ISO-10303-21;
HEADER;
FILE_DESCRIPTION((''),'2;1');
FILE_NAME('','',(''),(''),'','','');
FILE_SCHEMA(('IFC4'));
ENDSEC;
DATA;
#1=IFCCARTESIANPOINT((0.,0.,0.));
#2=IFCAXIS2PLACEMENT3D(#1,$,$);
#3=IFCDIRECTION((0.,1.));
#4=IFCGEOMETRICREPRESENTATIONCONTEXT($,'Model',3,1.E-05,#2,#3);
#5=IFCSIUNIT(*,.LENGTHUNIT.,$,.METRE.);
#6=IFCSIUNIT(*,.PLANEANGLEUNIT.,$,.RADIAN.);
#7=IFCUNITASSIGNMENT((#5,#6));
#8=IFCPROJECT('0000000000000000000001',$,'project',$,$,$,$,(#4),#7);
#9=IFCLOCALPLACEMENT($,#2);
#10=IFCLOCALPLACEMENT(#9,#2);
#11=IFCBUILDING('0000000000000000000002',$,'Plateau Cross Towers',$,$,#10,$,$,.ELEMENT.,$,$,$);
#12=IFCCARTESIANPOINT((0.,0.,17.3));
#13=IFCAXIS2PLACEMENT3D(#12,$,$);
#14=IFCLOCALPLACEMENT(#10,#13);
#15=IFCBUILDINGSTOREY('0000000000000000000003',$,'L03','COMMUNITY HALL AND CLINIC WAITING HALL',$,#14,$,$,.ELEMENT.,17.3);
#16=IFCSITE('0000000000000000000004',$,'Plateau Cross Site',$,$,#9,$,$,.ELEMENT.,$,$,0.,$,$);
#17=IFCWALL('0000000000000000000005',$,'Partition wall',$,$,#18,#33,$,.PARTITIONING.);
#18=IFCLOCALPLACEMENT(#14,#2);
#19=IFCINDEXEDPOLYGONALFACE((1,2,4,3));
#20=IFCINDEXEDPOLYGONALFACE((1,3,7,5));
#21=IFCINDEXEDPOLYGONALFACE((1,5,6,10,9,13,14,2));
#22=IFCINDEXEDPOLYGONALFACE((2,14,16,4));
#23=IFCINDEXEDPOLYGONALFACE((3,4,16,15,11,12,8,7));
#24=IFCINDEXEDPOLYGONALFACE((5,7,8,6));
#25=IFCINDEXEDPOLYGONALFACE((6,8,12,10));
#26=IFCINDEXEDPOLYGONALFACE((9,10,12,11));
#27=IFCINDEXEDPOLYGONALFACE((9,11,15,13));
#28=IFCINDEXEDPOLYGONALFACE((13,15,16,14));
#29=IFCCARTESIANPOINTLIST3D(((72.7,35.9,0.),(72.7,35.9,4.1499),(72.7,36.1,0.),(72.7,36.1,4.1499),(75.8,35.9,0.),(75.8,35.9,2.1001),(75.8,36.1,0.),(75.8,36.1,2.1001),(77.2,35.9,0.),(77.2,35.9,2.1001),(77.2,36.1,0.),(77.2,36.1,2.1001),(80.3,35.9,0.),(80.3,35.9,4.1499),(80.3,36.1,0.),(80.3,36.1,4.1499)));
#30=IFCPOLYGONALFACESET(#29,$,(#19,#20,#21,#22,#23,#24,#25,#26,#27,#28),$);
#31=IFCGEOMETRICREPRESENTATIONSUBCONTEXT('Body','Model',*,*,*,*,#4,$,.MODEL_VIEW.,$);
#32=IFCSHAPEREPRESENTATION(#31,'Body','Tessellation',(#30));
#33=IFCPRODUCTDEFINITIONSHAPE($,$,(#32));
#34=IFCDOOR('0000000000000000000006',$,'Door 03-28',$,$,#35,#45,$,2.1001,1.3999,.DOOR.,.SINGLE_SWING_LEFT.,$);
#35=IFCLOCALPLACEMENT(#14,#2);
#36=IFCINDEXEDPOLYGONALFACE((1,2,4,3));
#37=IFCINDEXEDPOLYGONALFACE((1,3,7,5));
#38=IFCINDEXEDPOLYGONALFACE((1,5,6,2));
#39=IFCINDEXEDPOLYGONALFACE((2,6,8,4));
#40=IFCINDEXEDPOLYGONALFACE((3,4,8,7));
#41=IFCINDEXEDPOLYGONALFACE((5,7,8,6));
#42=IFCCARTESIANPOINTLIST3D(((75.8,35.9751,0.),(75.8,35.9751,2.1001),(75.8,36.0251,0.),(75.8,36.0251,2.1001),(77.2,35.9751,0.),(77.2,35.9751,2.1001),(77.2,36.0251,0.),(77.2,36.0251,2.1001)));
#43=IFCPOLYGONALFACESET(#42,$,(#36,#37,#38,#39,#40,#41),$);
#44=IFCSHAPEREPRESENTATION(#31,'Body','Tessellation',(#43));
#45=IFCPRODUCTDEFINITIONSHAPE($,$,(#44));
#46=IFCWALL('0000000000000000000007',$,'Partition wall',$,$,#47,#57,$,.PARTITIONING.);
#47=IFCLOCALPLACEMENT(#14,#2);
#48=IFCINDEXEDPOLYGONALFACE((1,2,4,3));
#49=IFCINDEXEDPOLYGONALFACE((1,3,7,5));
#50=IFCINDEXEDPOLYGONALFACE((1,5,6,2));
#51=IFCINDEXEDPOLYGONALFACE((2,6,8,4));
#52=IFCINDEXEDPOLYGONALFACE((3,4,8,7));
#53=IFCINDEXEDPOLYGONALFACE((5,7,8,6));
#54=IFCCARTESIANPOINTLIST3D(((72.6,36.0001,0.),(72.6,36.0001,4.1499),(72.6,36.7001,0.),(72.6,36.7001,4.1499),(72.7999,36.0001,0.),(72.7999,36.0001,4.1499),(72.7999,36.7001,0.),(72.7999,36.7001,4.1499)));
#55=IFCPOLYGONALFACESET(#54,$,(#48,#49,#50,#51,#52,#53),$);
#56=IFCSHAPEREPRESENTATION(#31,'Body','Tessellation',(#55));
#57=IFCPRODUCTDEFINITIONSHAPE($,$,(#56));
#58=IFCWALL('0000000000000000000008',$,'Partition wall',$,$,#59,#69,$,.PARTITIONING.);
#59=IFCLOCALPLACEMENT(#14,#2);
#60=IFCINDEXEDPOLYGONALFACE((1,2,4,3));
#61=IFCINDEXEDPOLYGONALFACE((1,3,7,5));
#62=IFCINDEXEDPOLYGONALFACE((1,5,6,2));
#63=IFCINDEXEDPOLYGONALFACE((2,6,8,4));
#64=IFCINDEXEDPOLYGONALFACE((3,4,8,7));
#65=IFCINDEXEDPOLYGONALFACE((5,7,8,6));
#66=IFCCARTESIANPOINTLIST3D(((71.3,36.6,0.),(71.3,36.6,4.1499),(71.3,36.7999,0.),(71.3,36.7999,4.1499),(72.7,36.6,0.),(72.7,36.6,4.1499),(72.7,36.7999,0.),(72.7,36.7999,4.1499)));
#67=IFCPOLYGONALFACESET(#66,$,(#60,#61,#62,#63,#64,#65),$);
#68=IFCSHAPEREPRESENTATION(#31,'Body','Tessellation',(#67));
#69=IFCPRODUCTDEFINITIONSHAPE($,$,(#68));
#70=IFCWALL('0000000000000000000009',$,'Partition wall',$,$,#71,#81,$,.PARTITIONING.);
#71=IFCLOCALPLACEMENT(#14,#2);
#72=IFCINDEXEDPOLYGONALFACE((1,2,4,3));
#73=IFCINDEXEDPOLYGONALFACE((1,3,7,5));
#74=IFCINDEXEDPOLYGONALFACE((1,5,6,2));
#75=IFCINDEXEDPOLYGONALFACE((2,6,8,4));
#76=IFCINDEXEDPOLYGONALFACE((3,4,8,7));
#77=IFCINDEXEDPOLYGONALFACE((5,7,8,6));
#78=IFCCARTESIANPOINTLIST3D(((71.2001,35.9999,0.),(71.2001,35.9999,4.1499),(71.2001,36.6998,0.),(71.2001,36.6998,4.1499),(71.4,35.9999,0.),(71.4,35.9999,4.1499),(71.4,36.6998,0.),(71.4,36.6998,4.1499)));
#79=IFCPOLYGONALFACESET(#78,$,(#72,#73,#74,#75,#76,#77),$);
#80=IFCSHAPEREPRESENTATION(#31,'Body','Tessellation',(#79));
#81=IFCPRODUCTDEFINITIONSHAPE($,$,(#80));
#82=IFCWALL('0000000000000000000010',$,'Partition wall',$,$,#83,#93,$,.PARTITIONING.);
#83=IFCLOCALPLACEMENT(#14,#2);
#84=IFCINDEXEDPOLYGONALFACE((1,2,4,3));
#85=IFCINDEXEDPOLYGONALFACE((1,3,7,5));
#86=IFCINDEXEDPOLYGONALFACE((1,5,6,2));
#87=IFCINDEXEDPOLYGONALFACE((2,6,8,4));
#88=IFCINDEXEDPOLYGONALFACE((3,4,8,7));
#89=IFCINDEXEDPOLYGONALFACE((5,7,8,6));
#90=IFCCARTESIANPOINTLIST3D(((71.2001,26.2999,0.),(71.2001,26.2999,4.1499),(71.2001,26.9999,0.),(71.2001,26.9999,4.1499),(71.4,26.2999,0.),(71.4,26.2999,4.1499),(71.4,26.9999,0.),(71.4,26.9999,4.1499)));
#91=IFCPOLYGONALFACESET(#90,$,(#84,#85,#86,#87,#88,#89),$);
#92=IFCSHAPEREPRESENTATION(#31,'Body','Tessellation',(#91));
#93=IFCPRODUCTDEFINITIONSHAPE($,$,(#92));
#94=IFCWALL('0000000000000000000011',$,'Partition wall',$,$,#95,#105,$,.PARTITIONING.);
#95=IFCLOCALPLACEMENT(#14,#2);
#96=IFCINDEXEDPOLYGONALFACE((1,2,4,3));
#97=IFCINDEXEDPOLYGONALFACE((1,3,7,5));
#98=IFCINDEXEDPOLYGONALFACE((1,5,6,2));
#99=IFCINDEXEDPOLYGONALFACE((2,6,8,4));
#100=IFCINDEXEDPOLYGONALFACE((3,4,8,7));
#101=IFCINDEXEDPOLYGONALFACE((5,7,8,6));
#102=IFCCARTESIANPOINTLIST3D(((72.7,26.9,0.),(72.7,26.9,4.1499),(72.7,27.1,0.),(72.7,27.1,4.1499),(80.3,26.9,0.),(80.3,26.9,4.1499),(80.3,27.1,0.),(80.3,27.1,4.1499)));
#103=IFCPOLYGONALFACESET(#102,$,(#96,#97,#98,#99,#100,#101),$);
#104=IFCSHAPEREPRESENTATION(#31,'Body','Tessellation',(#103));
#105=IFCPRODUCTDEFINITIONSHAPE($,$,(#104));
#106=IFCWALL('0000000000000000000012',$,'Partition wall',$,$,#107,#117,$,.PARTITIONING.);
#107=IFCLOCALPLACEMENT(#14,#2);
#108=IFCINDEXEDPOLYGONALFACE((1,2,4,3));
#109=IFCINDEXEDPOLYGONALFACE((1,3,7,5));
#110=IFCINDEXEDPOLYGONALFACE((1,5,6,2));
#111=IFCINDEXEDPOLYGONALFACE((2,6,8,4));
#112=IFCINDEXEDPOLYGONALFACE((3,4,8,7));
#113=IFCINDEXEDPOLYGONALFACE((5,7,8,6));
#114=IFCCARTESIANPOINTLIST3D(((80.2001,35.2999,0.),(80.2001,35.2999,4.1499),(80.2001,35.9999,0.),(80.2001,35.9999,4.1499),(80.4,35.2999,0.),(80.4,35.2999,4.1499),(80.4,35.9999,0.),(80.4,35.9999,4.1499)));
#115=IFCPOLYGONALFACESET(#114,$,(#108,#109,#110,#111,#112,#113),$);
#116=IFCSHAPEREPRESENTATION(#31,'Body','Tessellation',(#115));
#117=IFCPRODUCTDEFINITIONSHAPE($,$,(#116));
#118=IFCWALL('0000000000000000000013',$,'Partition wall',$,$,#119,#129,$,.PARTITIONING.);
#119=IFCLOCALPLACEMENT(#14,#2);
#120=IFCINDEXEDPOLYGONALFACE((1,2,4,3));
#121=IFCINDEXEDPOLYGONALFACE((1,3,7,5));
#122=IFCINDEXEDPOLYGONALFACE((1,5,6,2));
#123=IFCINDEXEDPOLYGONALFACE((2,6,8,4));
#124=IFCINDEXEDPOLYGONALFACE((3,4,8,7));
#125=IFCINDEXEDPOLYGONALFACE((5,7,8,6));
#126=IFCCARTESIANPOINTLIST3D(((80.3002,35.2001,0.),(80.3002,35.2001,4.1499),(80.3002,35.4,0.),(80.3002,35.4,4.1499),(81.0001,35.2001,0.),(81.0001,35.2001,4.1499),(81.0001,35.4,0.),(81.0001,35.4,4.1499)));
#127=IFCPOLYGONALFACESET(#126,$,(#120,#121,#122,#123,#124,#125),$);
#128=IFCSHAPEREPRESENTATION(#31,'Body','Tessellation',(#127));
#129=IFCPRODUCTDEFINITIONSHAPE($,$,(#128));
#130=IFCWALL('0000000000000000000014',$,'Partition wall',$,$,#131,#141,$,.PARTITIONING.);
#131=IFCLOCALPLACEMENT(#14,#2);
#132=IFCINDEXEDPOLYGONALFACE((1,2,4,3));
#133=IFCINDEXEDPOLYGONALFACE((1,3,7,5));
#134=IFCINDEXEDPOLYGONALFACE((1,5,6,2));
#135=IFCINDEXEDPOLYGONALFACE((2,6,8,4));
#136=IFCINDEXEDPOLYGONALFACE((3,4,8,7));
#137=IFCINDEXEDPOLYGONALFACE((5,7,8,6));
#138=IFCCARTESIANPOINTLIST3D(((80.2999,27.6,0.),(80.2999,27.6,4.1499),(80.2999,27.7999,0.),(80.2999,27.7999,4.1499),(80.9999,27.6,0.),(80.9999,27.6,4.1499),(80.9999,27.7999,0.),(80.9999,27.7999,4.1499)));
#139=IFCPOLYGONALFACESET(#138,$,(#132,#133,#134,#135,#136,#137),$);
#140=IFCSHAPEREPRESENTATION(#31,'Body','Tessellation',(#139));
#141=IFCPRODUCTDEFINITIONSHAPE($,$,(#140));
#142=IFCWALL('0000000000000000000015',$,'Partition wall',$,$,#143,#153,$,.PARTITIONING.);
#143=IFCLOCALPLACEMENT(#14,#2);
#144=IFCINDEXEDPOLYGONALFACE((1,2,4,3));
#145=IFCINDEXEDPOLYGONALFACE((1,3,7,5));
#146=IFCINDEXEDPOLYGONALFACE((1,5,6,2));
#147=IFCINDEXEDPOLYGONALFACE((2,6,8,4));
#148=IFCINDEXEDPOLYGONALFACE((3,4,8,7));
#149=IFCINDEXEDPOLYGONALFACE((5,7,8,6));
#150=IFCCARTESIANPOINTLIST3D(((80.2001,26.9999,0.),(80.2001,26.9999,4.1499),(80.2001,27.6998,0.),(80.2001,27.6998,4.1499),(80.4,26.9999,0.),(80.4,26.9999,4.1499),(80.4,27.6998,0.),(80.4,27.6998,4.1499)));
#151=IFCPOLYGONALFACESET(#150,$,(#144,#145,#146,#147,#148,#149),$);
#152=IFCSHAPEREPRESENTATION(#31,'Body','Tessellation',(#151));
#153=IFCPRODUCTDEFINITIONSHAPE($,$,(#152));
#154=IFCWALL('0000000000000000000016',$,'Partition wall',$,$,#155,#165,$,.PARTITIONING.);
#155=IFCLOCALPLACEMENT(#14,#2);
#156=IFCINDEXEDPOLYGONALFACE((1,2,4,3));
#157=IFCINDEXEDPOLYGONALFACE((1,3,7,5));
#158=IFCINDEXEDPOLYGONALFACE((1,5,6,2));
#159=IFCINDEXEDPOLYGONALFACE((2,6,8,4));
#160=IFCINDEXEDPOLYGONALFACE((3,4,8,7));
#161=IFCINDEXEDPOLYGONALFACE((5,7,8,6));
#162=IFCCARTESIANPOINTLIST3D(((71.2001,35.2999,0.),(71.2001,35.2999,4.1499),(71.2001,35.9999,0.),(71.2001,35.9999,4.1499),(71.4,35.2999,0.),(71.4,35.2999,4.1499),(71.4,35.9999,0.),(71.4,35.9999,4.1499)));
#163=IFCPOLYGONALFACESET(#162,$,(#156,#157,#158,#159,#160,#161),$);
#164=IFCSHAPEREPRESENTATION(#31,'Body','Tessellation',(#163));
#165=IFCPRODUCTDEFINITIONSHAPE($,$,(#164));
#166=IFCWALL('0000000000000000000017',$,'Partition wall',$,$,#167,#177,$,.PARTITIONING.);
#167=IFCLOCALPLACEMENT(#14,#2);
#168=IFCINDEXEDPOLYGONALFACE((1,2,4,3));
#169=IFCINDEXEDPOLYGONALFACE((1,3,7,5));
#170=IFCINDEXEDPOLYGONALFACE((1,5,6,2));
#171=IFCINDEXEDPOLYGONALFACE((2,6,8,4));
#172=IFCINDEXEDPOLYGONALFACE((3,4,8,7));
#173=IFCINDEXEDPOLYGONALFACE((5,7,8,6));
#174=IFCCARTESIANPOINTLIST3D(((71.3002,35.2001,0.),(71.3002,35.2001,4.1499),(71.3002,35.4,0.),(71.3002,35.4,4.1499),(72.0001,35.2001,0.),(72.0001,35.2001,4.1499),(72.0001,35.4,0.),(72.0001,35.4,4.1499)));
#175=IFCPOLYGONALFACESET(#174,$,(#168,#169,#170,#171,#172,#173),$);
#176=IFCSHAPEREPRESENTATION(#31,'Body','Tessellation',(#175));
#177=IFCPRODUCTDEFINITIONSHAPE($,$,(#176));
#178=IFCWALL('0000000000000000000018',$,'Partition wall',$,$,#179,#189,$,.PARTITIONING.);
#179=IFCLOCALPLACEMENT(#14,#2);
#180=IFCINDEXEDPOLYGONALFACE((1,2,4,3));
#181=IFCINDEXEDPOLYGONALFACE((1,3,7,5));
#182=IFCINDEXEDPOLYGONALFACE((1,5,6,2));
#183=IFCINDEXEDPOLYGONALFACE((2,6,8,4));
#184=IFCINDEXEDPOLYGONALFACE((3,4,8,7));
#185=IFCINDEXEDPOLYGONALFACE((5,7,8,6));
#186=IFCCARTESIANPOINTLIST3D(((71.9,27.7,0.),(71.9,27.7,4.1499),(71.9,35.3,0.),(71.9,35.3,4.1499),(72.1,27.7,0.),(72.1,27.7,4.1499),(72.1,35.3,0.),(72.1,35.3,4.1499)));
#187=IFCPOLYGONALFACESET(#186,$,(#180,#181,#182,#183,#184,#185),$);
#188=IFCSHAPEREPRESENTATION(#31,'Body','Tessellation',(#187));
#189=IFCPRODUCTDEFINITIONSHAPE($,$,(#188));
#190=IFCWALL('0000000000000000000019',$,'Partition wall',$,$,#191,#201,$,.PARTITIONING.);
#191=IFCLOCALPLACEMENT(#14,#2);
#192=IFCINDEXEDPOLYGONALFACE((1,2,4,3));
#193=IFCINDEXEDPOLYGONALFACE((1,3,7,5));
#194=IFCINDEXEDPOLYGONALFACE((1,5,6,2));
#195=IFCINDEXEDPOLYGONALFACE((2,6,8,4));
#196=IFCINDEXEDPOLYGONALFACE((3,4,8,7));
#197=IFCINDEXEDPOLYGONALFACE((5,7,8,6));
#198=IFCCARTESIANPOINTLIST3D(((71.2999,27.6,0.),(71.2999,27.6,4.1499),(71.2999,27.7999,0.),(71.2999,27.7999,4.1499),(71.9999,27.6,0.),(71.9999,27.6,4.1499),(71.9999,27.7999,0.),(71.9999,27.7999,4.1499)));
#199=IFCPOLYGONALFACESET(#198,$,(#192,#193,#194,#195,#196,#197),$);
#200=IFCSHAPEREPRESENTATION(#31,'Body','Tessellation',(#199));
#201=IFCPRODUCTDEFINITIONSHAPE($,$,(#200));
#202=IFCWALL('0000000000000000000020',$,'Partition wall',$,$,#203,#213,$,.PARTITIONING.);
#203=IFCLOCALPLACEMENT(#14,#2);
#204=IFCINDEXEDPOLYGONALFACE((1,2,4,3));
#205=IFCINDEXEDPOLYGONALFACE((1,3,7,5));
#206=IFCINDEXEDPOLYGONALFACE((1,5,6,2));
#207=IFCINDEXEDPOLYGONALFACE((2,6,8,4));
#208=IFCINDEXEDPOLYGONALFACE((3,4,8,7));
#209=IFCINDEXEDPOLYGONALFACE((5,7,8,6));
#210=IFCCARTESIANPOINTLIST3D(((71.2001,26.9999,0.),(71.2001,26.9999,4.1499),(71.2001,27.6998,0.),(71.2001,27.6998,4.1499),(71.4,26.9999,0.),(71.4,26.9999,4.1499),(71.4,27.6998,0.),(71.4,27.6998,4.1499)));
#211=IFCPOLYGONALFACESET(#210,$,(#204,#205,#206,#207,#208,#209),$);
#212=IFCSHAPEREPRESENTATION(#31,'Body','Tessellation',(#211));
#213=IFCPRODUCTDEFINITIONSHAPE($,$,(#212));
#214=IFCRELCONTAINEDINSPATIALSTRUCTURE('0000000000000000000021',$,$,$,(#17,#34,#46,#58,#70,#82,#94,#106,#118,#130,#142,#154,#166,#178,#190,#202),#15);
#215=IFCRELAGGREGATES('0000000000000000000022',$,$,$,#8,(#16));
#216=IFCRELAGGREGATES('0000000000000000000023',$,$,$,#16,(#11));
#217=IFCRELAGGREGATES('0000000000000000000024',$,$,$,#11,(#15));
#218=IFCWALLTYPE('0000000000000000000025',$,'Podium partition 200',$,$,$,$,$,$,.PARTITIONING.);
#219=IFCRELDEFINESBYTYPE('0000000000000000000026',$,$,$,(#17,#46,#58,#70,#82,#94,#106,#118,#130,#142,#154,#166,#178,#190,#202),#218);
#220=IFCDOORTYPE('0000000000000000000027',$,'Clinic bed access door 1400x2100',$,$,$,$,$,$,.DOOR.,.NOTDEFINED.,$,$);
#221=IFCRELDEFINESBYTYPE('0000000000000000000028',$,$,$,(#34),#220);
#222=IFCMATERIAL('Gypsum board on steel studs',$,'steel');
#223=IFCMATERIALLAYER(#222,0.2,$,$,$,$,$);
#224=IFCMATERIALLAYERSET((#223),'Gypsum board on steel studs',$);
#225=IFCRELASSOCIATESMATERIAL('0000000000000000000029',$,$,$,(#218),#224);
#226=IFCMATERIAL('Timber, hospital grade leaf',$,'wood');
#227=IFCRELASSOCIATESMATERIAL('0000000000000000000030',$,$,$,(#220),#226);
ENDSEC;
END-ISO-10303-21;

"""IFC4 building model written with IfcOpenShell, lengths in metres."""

from ifc_helpers import new_model, si_unit, direction, frame, frame_2d, origin, place, context, subcontext, project, spatial, rectangle, extrude, material, layer, layer_set, type_object, element, fill, save


model = new_model("IFC4")

# Units and contexts
model_context = context("Model", 3, precision=1e-05, world=origin(), true_north=direction((0.0, 1.0)))
body_context = subcontext(model_context, "Body", "Model", "MODEL_VIEW")
ifc_project = project(units=[si_unit("LENGTHUNIT", "METRE"), si_unit("PLANEANGLEUNIT", "RADIAN")], contexts=[model_context])

# Site, building, storey
site_placement = place(None, origin())
site = spatial("IfcSite", under=ifc_project, at=site_placement, Name="Plateau Cross Site", CompositionType="ELEMENT", RefElevation=0.0)
building_placement = place(site_placement, origin())
building = spatial("IfcBuilding", under=site, at=building_placement, Name="Plateau Cross Towers", CompositionType="ELEMENT")
storey_placement = place(building_placement, frame((0.0, 0.0, 17.3)))
storey = spatial("IfcBuildingStorey", under=building, at=storey_placement, Name="L03", Description="COMMUNITY HALL AND CLINIC WAITING HALL", CompositionType="ELEMENT", Elevation=17.3)

# Shared definitions
ifc_material_1 = material(Name="Gypsum board on steel studs", Category="steel")
ifc_layer_1 = layer(ifc_material_1, 0.2)
ifc_layer_set_1 = layer_set([ifc_layer_1], Name="Gypsum board on steel studs")
wall_type_1 = type_object("IfcWallType", Name="Podium partition 200", PredefinedType="PARTITIONING", material=ifc_layer_set_1)

# Wall, opening, door
wall_1_placement = place(storey_placement, frame((80.3, 36.0, 0.0), z_axis=(0.0, 0.0, 1.0), x_axis=(-1.0, 0.0, 0.0)))
wall_1 = element("IfcWall", 1, at=wall_1_placement, inside=storey, type_object=wall_type_1, Name="Partition wall", PredefinedType="PARTITIONING", context=body_context, shape_type="SweptSolid", body=[
    extrude(rectangle(XDim=7.6001, YDim=0.2, at=frame_2d((3.8, 0.0))), origin(), (0.0, 0.0, 1.0), 4.1499),
])
opening_1_placement = place(wall_1_placement, frame((3.1001, 0.0, 0.0)))
opening_1 = element("IfcOpeningElement", 2, at=opening_1_placement, cuts=wall_1, PredefinedType="OPENING", context=body_context, shape_type="SweptSolid", body=[
    extrude(rectangle(XDim=1.3999, YDim=2.1001, at=frame_2d((0.7, 1.05))), frame((0.0, 0.1099, 0.0), z_axis=(0.0, -1.0, 0.0), x_axis=(1.0, 0.0, 0.0)), (0.0, 0.0, 1.0), 0.22),
])
ifc_material_2 = material(Name="Timber, hospital grade leaf", Category="wood")
door_type_1 = type_object("IfcDoorType", Name="Clinic bed access door 1400x2100", OperationType="NOTDEFINED", PredefinedType="DOOR", material=ifc_material_2)
door_1_placement = place(opening_1_placement, origin())
door_1 = element("IfcDoor", 3, at=door_1_placement, inside=storey, type_object=door_type_1, Name="Door 03-28", OperationType="SINGLE_SWING_LEFT", OverallHeight=2.1001, OverallWidth=1.3999, PredefinedType="DOOR", context=body_context, shape_type="SweptSolid", body=[
    extrude(rectangle(XDim=1.3999, YDim=2.1001, at=frame_2d((0.7, 1.05))), frame((0.0, 0.0249, 0.0), z_axis=(0.0, -1.0, 0.0), x_axis=(1.0, 0.0, 0.0)), (0.0, 0.0, 1.0), 0.05),
])
fill(opening_1, door_1)

# Walls
wall_2_placement = place(storey_placement, frame((72.7, 36.0, 0.0), z_axis=(0.0, 0.0, 1.0), x_axis=(0.0, 1.0, 0.0)))
element("IfcWall", 4, at=wall_2_placement, inside=storey, type_object=wall_type_1, Name="Partition wall", PredefinedType="PARTITIONING", context=body_context, shape_type="SweptSolid", body=[
    extrude(rectangle(XDim=0.7, YDim=0.2, at=frame_2d((0.3501, 0.0))), origin(), (0.0, 0.0, 1.0), 4.1499),
])
wall_3_placement = place(storey_placement, frame((72.7, 36.7, 0.0), z_axis=(0.0, 0.0, 1.0), x_axis=(-1.0, 0.0, 0.0)))
element("IfcWall", 5, at=wall_3_placement, inside=storey, type_object=wall_type_1, Name="Partition wall", PredefinedType="PARTITIONING", context=body_context, shape_type="SweptSolid", body=[
    extrude(rectangle(XDim=1.3999, YDim=0.2, at=frame_2d((0.7, 0.0))), origin(), (0.0, 0.0, 1.0), 4.1499),
])
for number, where, z_axis, x_axis, name in (
    (6, (71.3, 36.7, 0.0), (0.0, 0.0, 1.0), (0.0, -1.0, 0.0), "Partition wall"),
    (7, (71.3, 27.0, 0.0), (0.0, 0.0, 1.0), (0.0, -1.0, 0.0), "Partition wall"),
):
    element("IfcWall", number, at=place(storey_placement, frame(where, z_axis=z_axis, x_axis=x_axis)), inside=storey, type_object=wall_type_1, Name=name, PredefinedType="PARTITIONING", context=body_context, shape_type="SweptSolid", body=[
        extrude(rectangle(XDim=0.7, YDim=0.2, at=frame_2d((0.3501, 0.0))), origin(), (0.0, 0.0, 1.0), 4.1499),
    ])
wall_4_placement = place(storey_placement, frame((72.7, 27.0, 0.0), z_axis=(0.0, 0.0, 1.0), x_axis=(1.0, 0.0, 0.0)))
element("IfcWall", 8, at=wall_4_placement, inside=storey, type_object=wall_type_1, Name="Partition wall", PredefinedType="PARTITIONING", context=body_context, shape_type="SweptSolid", body=[
    extrude(rectangle(XDim=7.6001, YDim=0.2, at=frame_2d((3.8, 0.0))), origin(), (0.0, 0.0, 1.0), 4.1499),
])
for number, where, z_axis, x_axis, name in (
    (9, (80.3, 36.0, 0.0), (0.0, 0.0, 1.0), (0.0, -1.0, 0.0), "Partition wall"),
    (10, (80.3, 35.3, 0.0), (0.0, 0.0, 1.0), (1.0, 0.0, 0.0), "Partition wall"),
    (11, (81.0, 27.7, 0.0), (0.0, 0.0, 1.0), (-1.0, 0.0, 0.0), "Partition wall"),
    (12, (80.3, 27.7, 0.0), (0.0, 0.0, 1.0), (0.0, -1.0, 0.0), "Partition wall"),
    (13, (71.3, 36.0, 0.0), (0.0, 0.0, 1.0), (0.0, -1.0, 0.0), "Partition wall"),
    (14, (71.3, 35.3, 0.0), (0.0, 0.0, 1.0), (1.0, 0.0, 0.0), "Partition wall"),
):
    element("IfcWall", number, at=place(storey_placement, frame(where, z_axis=z_axis, x_axis=x_axis)), inside=storey, type_object=wall_type_1, Name=name, PredefinedType="PARTITIONING", context=body_context, shape_type="SweptSolid", body=[
        extrude(rectangle(XDim=0.7, YDim=0.2, at=frame_2d((0.3501, 0.0))), origin(), (0.0, 0.0, 1.0), 4.1499),
    ])
wall_5_placement = place(storey_placement, frame((72.0, 35.3, 0.0), z_axis=(0.0, 0.0, 1.0), x_axis=(0.0, -1.0, 0.0)))
element("IfcWall", 15, at=wall_5_placement, inside=storey, type_object=wall_type_1, Name="Partition wall", PredefinedType="PARTITIONING", context=body_context, shape_type="SweptSolid", body=[
    extrude(rectangle(XDim=7.6001, YDim=0.2, at=frame_2d((3.8, 0.0))), origin(), (0.0, 0.0, 1.0), 4.1499),
])
for number, where, z_axis, x_axis, name in (
    (16, (72.0, 27.7, 0.0), (0.0, 0.0, 1.0), (-1.0, 0.0, 0.0), "Partition wall"),
    (17, (71.3, 27.7, 0.0), (0.0, 0.0, 1.0), (0.0, -1.0, 0.0), "Partition wall"),
):
    element("IfcWall", number, at=place(storey_placement, frame(where, z_axis=z_axis, x_axis=x_axis)), inside=storey, type_object=wall_type_1, Name=name, PredefinedType="PARTITIONING", context=body_context, shape_type="SweptSolid", body=[
        extrude(rectangle(XDim=0.7, YDim=0.2, at=frame_2d((0.3501, 0.0))), origin(), (0.0, 0.0, 1.0), 4.1499),
    ])

save(model, "model.ifc")
